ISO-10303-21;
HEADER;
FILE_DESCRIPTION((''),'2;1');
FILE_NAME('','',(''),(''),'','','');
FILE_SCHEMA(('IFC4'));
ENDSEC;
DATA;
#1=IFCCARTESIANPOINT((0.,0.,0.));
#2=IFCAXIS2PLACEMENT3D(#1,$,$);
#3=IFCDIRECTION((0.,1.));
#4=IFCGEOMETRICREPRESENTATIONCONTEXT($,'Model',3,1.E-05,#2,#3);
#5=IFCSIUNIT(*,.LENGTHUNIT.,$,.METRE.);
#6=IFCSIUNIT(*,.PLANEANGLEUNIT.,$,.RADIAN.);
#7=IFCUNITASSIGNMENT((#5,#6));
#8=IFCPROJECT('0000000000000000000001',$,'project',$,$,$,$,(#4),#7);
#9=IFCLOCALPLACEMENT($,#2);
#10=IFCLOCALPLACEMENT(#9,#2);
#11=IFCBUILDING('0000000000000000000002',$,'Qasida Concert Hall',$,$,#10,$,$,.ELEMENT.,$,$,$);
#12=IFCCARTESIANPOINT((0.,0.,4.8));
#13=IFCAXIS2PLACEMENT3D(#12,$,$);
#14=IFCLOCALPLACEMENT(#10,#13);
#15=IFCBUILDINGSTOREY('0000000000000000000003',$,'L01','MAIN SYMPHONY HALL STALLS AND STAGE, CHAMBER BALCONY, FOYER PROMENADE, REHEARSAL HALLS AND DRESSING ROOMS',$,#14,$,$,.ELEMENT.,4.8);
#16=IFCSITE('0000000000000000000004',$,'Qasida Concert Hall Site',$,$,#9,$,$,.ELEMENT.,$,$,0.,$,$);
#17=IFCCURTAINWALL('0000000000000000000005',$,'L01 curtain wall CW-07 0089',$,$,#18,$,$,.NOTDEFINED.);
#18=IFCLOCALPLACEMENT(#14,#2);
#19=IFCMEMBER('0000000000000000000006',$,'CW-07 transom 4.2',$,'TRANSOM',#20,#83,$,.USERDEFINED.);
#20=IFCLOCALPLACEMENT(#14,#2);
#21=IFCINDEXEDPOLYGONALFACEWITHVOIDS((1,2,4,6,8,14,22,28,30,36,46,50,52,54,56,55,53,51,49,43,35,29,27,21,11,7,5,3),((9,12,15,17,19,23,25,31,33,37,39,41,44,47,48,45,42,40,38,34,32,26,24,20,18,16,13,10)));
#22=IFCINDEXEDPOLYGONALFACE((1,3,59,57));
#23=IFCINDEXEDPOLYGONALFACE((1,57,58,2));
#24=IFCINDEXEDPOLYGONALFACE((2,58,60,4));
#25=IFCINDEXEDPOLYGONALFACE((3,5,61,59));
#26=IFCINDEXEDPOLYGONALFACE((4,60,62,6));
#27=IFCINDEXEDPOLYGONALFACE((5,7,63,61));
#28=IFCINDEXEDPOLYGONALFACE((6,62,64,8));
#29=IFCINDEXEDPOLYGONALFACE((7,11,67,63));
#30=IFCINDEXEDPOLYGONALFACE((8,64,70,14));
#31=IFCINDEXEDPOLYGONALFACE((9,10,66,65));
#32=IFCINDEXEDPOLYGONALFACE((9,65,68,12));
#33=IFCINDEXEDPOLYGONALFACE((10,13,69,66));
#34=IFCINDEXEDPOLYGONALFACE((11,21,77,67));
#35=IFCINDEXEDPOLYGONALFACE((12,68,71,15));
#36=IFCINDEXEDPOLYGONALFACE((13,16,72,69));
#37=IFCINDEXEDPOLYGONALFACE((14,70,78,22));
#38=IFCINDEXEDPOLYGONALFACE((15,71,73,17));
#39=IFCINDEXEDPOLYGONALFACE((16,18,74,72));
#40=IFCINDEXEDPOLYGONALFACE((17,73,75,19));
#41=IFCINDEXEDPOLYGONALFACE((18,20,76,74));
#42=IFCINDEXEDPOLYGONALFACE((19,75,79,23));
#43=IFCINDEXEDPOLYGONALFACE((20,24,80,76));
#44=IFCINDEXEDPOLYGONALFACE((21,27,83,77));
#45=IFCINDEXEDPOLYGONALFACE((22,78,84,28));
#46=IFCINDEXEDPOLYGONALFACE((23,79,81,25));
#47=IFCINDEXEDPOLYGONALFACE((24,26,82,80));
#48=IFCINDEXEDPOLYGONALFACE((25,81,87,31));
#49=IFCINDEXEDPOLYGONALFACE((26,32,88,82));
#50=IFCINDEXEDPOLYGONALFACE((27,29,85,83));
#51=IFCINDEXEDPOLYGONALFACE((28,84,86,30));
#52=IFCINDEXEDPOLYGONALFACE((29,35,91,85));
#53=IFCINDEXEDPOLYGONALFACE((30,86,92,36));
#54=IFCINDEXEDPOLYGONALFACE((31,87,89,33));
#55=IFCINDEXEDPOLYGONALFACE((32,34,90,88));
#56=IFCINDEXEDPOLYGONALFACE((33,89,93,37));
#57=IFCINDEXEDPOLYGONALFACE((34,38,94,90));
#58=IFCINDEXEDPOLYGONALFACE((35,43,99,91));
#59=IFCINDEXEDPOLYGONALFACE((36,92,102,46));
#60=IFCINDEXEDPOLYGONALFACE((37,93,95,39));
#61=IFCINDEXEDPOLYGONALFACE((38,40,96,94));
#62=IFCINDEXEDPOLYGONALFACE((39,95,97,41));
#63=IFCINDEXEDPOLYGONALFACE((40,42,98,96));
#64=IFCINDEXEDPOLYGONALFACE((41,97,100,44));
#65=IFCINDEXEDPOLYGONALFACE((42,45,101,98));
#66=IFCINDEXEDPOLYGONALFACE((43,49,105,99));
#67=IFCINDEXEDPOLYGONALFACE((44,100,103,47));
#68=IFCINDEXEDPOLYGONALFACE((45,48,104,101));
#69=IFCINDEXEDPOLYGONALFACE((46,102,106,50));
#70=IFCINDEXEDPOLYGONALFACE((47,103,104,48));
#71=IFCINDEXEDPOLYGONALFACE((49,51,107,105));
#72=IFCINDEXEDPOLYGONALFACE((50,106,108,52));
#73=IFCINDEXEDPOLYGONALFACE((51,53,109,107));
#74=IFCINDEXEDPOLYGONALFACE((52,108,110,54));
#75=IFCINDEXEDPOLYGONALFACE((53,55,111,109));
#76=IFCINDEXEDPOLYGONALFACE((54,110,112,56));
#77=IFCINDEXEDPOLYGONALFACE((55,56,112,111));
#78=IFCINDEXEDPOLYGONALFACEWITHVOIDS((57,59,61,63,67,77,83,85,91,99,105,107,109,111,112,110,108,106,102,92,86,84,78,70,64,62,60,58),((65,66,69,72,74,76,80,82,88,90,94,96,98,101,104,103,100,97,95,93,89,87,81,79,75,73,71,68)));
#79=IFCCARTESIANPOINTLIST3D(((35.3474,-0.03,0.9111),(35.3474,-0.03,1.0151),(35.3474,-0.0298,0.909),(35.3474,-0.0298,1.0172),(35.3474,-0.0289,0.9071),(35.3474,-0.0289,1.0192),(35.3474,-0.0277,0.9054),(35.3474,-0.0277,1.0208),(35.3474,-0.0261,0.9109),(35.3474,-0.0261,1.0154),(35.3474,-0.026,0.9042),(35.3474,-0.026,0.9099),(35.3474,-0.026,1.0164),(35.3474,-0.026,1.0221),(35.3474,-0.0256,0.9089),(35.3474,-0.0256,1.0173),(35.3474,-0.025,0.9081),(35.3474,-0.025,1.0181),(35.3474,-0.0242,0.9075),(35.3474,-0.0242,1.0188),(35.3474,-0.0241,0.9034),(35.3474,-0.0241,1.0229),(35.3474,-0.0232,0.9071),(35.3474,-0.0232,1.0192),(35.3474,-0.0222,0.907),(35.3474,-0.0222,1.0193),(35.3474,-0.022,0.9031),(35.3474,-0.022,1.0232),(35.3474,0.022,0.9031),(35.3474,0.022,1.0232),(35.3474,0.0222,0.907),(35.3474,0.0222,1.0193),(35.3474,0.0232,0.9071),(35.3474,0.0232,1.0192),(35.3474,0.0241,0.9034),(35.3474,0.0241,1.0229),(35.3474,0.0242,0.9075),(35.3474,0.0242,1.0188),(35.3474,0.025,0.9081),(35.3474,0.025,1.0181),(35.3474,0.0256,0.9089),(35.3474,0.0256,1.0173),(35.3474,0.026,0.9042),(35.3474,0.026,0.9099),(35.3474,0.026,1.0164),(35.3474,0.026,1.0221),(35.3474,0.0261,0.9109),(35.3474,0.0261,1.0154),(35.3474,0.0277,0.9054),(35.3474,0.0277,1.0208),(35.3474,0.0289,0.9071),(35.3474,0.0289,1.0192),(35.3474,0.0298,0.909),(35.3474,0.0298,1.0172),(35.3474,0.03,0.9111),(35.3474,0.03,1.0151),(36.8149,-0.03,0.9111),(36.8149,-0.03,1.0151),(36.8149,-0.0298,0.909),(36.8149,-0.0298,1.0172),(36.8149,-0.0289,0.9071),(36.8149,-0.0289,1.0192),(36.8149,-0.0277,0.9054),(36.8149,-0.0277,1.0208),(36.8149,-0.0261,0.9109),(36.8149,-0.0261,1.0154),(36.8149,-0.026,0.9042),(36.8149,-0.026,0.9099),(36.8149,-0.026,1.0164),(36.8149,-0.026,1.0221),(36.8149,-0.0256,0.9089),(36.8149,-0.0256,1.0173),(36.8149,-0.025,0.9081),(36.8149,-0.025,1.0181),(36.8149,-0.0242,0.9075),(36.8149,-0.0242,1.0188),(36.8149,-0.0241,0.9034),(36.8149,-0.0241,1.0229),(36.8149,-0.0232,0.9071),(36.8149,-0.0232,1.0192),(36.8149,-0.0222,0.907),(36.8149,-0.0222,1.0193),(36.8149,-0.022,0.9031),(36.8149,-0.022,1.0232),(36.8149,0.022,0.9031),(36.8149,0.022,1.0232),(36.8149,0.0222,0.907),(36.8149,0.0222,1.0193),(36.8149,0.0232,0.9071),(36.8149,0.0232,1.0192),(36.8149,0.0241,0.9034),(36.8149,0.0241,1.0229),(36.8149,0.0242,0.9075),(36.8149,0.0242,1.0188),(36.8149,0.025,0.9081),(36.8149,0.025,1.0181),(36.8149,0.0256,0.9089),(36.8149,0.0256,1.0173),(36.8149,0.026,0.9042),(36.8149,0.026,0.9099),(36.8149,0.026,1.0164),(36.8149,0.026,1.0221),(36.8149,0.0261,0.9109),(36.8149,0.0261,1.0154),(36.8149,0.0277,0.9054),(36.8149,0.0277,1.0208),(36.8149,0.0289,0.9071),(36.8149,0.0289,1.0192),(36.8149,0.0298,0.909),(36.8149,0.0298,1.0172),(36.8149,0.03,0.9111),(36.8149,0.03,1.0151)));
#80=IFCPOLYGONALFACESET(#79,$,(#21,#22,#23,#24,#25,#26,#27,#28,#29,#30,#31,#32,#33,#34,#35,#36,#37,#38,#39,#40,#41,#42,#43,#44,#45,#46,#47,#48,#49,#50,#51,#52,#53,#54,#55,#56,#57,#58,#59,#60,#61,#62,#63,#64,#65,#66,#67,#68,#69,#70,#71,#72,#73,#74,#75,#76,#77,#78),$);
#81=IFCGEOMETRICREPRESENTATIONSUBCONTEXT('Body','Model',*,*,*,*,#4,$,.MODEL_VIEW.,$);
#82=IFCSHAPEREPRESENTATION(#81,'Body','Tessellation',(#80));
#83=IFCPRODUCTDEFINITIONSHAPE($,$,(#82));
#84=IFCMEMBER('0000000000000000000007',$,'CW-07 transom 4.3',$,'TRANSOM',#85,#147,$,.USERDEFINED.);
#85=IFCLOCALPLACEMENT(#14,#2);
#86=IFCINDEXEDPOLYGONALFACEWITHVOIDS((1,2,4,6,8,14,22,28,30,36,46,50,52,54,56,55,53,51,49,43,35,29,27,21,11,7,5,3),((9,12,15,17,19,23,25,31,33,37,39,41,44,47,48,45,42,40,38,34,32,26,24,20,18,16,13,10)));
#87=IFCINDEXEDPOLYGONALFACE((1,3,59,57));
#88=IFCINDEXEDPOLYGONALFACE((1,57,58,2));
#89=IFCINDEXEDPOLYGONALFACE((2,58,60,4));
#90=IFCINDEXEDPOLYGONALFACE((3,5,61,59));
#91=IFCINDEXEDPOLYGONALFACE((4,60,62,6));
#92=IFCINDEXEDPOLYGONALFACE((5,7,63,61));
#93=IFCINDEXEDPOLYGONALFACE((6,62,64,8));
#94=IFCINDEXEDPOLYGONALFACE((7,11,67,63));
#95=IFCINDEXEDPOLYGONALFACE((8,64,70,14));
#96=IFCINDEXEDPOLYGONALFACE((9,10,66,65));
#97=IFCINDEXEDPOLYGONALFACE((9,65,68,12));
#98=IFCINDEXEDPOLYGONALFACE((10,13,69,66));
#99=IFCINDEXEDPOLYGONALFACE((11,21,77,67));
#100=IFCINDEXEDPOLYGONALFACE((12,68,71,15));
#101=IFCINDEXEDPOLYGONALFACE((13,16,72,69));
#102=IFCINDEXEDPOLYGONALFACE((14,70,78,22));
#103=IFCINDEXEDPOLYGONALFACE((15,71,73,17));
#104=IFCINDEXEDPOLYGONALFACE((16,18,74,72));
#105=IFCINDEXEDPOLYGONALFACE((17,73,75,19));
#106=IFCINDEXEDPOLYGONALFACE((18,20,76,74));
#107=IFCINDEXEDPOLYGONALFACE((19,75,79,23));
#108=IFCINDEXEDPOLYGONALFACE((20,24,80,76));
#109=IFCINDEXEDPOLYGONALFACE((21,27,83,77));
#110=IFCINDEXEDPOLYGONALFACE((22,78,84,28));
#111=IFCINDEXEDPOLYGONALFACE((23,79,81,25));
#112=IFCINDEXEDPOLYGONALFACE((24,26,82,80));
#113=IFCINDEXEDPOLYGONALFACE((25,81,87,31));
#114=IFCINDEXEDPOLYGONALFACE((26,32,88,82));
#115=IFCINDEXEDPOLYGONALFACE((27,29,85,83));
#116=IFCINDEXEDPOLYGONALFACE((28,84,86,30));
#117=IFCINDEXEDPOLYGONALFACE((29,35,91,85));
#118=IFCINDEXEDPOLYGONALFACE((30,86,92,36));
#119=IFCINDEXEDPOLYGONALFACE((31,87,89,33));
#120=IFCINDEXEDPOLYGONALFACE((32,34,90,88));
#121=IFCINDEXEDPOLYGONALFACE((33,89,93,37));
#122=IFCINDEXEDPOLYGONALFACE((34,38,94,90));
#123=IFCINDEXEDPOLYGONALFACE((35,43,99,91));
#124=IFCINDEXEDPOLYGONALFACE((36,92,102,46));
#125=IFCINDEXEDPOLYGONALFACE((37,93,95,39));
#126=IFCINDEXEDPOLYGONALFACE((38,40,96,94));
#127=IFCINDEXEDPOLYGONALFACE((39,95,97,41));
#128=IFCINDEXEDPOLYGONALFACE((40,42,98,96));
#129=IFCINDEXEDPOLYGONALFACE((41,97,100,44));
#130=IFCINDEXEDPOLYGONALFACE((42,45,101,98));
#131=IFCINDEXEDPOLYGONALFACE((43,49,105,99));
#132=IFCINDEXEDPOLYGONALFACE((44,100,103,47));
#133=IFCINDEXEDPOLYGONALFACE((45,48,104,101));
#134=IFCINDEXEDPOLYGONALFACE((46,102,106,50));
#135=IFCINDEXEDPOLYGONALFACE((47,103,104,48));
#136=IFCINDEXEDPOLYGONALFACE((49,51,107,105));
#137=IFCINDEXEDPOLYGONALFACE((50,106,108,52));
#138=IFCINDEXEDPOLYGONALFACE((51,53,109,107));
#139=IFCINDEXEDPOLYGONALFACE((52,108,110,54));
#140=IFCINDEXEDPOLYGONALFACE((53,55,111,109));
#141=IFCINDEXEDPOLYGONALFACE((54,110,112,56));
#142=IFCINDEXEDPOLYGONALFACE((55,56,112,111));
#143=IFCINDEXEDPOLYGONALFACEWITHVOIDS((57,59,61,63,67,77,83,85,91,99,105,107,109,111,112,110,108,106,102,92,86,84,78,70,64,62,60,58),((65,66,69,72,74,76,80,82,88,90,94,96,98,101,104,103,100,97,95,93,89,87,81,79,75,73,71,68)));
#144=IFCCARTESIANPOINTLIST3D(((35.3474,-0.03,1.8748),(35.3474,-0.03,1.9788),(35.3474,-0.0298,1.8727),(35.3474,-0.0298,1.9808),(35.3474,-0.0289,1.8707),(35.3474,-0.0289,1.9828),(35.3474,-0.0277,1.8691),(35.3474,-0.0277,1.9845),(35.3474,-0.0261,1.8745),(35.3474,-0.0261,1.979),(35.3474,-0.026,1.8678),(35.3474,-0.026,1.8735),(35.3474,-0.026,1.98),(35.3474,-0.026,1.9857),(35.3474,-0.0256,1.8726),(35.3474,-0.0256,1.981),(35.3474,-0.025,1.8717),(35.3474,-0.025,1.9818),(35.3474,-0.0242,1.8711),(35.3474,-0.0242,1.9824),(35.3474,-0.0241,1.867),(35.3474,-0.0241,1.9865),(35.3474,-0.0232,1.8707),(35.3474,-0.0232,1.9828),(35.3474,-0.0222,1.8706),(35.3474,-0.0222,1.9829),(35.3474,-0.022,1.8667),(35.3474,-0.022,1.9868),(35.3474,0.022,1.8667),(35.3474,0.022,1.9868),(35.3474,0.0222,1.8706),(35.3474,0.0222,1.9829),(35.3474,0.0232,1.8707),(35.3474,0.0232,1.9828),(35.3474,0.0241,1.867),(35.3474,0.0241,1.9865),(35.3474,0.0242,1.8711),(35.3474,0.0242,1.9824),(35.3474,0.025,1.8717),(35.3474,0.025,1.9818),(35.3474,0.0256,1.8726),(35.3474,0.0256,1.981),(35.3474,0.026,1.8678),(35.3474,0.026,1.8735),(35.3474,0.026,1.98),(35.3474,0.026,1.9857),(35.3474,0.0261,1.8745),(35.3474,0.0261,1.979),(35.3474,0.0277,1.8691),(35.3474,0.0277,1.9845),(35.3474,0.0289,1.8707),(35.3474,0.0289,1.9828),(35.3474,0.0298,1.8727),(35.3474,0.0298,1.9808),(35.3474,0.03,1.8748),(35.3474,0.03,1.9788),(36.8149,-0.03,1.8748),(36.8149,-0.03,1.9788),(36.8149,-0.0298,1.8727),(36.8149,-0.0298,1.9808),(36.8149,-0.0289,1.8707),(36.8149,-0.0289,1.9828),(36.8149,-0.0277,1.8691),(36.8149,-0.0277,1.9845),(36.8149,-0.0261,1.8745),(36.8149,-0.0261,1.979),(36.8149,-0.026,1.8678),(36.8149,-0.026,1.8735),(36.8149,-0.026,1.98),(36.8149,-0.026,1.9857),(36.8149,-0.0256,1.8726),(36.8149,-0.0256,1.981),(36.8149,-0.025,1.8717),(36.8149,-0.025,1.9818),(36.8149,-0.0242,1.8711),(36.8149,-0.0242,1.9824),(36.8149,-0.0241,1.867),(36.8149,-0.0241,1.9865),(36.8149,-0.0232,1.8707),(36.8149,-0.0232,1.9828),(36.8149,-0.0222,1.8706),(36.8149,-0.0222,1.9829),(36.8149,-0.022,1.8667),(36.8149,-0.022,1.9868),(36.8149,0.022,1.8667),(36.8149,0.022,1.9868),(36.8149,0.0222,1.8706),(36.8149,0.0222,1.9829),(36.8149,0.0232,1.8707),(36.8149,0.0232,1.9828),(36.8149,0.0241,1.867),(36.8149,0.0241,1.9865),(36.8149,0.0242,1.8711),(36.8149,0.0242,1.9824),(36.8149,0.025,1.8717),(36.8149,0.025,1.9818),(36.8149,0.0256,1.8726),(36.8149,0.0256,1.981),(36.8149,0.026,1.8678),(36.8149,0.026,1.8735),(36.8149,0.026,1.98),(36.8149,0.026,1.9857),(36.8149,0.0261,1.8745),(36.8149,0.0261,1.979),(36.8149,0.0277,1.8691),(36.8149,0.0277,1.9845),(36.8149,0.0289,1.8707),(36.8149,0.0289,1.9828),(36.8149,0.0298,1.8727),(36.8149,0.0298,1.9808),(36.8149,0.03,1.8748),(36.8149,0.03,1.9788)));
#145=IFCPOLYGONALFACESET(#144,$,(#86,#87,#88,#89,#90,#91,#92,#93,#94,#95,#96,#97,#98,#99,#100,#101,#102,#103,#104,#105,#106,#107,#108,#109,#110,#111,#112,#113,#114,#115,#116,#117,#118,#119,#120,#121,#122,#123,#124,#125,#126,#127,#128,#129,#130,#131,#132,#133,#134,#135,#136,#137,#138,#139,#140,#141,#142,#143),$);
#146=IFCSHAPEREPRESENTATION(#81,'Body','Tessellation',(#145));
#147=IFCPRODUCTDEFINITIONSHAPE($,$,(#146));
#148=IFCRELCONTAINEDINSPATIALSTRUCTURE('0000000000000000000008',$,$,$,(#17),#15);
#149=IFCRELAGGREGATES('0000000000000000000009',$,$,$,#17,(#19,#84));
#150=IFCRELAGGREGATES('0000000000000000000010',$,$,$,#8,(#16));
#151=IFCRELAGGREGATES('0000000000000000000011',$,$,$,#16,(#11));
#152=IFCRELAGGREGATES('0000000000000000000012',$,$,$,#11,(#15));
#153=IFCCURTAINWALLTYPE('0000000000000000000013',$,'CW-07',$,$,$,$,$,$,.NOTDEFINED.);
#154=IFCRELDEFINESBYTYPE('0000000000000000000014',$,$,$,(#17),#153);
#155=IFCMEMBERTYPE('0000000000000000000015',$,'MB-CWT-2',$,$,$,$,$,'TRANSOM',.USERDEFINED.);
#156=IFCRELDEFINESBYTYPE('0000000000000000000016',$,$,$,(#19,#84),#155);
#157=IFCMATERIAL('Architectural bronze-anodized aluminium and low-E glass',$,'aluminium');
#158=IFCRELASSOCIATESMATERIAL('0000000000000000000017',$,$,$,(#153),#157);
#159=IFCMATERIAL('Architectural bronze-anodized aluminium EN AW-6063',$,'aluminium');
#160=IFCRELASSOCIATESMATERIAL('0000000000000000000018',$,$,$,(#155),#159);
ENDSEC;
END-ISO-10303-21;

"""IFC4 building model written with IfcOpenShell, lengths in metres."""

from ifc_helpers import new_model, si_unit, direction, frame, origin, origin_2d, place, context, subcontext, project, spatial, hollow_rectangle, extrude, material, material_profile, profile_set, type_object, element, aggregate, save


model = new_model("IFC4")

# Units and contexts
model_context = context("Model", 3, precision=1e-05, world=origin(), true_north=direction((0.0, 1.0)))
body_context = subcontext(model_context, "Body", "Model", "MODEL_VIEW")
ifc_project = project(units=[si_unit("LENGTHUNIT", "METRE"), si_unit("PLANEANGLEUNIT", "RADIAN")], contexts=[model_context])

# Site, building, storey
site_placement = place(None, origin())
site = spatial("IfcSite", under=ifc_project, at=site_placement, Name="Qasida Concert Hall Site", CompositionType="ELEMENT", RefElevation=0.0)
building_placement = place(site_placement, origin())
building = spatial("IfcBuilding", under=site, at=building_placement, Name="Qasida Concert Hall", CompositionType="ELEMENT")
storey_placement = place(building_placement, frame((0.0, 0.0, 4.8)))
storey = spatial("IfcBuildingStorey", under=building, at=storey_placement, Name="L01", Description="MAIN SYMPHONY HALL STALLS AND STAGE, CHAMBER BALCONY, FOYER PROMENADE, REHEARSAL HALLS AND DRESSING ROOMS", CompositionType="ELEMENT", Elevation=4.8)

# Curtain wall
ifc_material_1 = material(Name="Architectural bronze-anodized aluminium and low-E glass", Category="aluminium")
curtain_wall_type = type_object("IfcCurtainWallType", Name="CW-07", PredefinedType="NOTDEFINED", material=ifc_material_1)
curtain_wall_1_placement = place(storey_placement, origin())
curtain_wall_1 = element("IfcCurtainWall", 1, at=curtain_wall_1_placement, inside=storey, type_object=curtain_wall_type, Name="L01 curtain wall CW-07 0089", PredefinedType="NOTDEFINED")
ifc_material_2 = material(Name="Architectural bronze-anodized aluminium EN AW-6063", Category="aluminium")

# Members
ifc_material_profile_1 = material_profile(ifc_material_2, hollow_rectangle(XDim=0.0601, YDim=0.1201, WallThickness=0.0039, InnerFilletRadius=0.0039, OuterFilletRadius=0.0081, at=origin_2d()), Name="CWT 120x60x4")
ifc_profile_set_1 = profile_set([ifc_material_profile_1], Name="Architectural bronze-anodized aluminium EN AW-6063")
member_type_1 = type_object("IfcMemberType", Name="MB-CWT-2", ElementType="TRANSOM", PredefinedType="USERDEFINED", material=ifc_profile_set_1)
member_1_placement = place(storey_placement, frame((35.3474, 0.0, 0.9631), z_axis=(1.0, 0.0, 0.0), x_axis=(0.0, 1.0, 0.0)))
member_1 = element("IfcMember", 2, at=member_1_placement, type_object=member_type_1, Name="CW-07 transom 4.2", ObjectType="TRANSOM", PredefinedType="USERDEFINED", context=body_context, shape_type="SweptSolid", body=[
    extrude(hollow_rectangle(XDim=0.0601, YDim=0.1201, WallThickness=0.0039, InnerFilletRadius=0.0039, OuterFilletRadius=0.0081, at=origin_2d()), origin(), (0.0, 0.0, 1.0), 1.4675),
])
member_2_placement = place(storey_placement, frame((35.3474, 0.0, 1.9268), z_axis=(1.0, 0.0, 0.0), x_axis=(0.0, 1.0, 0.0)))
member_2 = element("IfcMember", 3, at=member_2_placement, type_object=member_type_1, Name="CW-07 transom 4.3", ObjectType="TRANSOM", PredefinedType="USERDEFINED", context=body_context, shape_type="SweptSolid", body=[
    extrude(hollow_rectangle(XDim=0.0601, YDim=0.1201, WallThickness=0.0039, InnerFilletRadius=0.0039, OuterFilletRadius=0.0081, at=origin_2d()), origin(), (0.0, 0.0, 1.0), 1.4675),
])

aggregate(curtain_wall_1, [member_1, member_2])

save(model, "model.ifc")
